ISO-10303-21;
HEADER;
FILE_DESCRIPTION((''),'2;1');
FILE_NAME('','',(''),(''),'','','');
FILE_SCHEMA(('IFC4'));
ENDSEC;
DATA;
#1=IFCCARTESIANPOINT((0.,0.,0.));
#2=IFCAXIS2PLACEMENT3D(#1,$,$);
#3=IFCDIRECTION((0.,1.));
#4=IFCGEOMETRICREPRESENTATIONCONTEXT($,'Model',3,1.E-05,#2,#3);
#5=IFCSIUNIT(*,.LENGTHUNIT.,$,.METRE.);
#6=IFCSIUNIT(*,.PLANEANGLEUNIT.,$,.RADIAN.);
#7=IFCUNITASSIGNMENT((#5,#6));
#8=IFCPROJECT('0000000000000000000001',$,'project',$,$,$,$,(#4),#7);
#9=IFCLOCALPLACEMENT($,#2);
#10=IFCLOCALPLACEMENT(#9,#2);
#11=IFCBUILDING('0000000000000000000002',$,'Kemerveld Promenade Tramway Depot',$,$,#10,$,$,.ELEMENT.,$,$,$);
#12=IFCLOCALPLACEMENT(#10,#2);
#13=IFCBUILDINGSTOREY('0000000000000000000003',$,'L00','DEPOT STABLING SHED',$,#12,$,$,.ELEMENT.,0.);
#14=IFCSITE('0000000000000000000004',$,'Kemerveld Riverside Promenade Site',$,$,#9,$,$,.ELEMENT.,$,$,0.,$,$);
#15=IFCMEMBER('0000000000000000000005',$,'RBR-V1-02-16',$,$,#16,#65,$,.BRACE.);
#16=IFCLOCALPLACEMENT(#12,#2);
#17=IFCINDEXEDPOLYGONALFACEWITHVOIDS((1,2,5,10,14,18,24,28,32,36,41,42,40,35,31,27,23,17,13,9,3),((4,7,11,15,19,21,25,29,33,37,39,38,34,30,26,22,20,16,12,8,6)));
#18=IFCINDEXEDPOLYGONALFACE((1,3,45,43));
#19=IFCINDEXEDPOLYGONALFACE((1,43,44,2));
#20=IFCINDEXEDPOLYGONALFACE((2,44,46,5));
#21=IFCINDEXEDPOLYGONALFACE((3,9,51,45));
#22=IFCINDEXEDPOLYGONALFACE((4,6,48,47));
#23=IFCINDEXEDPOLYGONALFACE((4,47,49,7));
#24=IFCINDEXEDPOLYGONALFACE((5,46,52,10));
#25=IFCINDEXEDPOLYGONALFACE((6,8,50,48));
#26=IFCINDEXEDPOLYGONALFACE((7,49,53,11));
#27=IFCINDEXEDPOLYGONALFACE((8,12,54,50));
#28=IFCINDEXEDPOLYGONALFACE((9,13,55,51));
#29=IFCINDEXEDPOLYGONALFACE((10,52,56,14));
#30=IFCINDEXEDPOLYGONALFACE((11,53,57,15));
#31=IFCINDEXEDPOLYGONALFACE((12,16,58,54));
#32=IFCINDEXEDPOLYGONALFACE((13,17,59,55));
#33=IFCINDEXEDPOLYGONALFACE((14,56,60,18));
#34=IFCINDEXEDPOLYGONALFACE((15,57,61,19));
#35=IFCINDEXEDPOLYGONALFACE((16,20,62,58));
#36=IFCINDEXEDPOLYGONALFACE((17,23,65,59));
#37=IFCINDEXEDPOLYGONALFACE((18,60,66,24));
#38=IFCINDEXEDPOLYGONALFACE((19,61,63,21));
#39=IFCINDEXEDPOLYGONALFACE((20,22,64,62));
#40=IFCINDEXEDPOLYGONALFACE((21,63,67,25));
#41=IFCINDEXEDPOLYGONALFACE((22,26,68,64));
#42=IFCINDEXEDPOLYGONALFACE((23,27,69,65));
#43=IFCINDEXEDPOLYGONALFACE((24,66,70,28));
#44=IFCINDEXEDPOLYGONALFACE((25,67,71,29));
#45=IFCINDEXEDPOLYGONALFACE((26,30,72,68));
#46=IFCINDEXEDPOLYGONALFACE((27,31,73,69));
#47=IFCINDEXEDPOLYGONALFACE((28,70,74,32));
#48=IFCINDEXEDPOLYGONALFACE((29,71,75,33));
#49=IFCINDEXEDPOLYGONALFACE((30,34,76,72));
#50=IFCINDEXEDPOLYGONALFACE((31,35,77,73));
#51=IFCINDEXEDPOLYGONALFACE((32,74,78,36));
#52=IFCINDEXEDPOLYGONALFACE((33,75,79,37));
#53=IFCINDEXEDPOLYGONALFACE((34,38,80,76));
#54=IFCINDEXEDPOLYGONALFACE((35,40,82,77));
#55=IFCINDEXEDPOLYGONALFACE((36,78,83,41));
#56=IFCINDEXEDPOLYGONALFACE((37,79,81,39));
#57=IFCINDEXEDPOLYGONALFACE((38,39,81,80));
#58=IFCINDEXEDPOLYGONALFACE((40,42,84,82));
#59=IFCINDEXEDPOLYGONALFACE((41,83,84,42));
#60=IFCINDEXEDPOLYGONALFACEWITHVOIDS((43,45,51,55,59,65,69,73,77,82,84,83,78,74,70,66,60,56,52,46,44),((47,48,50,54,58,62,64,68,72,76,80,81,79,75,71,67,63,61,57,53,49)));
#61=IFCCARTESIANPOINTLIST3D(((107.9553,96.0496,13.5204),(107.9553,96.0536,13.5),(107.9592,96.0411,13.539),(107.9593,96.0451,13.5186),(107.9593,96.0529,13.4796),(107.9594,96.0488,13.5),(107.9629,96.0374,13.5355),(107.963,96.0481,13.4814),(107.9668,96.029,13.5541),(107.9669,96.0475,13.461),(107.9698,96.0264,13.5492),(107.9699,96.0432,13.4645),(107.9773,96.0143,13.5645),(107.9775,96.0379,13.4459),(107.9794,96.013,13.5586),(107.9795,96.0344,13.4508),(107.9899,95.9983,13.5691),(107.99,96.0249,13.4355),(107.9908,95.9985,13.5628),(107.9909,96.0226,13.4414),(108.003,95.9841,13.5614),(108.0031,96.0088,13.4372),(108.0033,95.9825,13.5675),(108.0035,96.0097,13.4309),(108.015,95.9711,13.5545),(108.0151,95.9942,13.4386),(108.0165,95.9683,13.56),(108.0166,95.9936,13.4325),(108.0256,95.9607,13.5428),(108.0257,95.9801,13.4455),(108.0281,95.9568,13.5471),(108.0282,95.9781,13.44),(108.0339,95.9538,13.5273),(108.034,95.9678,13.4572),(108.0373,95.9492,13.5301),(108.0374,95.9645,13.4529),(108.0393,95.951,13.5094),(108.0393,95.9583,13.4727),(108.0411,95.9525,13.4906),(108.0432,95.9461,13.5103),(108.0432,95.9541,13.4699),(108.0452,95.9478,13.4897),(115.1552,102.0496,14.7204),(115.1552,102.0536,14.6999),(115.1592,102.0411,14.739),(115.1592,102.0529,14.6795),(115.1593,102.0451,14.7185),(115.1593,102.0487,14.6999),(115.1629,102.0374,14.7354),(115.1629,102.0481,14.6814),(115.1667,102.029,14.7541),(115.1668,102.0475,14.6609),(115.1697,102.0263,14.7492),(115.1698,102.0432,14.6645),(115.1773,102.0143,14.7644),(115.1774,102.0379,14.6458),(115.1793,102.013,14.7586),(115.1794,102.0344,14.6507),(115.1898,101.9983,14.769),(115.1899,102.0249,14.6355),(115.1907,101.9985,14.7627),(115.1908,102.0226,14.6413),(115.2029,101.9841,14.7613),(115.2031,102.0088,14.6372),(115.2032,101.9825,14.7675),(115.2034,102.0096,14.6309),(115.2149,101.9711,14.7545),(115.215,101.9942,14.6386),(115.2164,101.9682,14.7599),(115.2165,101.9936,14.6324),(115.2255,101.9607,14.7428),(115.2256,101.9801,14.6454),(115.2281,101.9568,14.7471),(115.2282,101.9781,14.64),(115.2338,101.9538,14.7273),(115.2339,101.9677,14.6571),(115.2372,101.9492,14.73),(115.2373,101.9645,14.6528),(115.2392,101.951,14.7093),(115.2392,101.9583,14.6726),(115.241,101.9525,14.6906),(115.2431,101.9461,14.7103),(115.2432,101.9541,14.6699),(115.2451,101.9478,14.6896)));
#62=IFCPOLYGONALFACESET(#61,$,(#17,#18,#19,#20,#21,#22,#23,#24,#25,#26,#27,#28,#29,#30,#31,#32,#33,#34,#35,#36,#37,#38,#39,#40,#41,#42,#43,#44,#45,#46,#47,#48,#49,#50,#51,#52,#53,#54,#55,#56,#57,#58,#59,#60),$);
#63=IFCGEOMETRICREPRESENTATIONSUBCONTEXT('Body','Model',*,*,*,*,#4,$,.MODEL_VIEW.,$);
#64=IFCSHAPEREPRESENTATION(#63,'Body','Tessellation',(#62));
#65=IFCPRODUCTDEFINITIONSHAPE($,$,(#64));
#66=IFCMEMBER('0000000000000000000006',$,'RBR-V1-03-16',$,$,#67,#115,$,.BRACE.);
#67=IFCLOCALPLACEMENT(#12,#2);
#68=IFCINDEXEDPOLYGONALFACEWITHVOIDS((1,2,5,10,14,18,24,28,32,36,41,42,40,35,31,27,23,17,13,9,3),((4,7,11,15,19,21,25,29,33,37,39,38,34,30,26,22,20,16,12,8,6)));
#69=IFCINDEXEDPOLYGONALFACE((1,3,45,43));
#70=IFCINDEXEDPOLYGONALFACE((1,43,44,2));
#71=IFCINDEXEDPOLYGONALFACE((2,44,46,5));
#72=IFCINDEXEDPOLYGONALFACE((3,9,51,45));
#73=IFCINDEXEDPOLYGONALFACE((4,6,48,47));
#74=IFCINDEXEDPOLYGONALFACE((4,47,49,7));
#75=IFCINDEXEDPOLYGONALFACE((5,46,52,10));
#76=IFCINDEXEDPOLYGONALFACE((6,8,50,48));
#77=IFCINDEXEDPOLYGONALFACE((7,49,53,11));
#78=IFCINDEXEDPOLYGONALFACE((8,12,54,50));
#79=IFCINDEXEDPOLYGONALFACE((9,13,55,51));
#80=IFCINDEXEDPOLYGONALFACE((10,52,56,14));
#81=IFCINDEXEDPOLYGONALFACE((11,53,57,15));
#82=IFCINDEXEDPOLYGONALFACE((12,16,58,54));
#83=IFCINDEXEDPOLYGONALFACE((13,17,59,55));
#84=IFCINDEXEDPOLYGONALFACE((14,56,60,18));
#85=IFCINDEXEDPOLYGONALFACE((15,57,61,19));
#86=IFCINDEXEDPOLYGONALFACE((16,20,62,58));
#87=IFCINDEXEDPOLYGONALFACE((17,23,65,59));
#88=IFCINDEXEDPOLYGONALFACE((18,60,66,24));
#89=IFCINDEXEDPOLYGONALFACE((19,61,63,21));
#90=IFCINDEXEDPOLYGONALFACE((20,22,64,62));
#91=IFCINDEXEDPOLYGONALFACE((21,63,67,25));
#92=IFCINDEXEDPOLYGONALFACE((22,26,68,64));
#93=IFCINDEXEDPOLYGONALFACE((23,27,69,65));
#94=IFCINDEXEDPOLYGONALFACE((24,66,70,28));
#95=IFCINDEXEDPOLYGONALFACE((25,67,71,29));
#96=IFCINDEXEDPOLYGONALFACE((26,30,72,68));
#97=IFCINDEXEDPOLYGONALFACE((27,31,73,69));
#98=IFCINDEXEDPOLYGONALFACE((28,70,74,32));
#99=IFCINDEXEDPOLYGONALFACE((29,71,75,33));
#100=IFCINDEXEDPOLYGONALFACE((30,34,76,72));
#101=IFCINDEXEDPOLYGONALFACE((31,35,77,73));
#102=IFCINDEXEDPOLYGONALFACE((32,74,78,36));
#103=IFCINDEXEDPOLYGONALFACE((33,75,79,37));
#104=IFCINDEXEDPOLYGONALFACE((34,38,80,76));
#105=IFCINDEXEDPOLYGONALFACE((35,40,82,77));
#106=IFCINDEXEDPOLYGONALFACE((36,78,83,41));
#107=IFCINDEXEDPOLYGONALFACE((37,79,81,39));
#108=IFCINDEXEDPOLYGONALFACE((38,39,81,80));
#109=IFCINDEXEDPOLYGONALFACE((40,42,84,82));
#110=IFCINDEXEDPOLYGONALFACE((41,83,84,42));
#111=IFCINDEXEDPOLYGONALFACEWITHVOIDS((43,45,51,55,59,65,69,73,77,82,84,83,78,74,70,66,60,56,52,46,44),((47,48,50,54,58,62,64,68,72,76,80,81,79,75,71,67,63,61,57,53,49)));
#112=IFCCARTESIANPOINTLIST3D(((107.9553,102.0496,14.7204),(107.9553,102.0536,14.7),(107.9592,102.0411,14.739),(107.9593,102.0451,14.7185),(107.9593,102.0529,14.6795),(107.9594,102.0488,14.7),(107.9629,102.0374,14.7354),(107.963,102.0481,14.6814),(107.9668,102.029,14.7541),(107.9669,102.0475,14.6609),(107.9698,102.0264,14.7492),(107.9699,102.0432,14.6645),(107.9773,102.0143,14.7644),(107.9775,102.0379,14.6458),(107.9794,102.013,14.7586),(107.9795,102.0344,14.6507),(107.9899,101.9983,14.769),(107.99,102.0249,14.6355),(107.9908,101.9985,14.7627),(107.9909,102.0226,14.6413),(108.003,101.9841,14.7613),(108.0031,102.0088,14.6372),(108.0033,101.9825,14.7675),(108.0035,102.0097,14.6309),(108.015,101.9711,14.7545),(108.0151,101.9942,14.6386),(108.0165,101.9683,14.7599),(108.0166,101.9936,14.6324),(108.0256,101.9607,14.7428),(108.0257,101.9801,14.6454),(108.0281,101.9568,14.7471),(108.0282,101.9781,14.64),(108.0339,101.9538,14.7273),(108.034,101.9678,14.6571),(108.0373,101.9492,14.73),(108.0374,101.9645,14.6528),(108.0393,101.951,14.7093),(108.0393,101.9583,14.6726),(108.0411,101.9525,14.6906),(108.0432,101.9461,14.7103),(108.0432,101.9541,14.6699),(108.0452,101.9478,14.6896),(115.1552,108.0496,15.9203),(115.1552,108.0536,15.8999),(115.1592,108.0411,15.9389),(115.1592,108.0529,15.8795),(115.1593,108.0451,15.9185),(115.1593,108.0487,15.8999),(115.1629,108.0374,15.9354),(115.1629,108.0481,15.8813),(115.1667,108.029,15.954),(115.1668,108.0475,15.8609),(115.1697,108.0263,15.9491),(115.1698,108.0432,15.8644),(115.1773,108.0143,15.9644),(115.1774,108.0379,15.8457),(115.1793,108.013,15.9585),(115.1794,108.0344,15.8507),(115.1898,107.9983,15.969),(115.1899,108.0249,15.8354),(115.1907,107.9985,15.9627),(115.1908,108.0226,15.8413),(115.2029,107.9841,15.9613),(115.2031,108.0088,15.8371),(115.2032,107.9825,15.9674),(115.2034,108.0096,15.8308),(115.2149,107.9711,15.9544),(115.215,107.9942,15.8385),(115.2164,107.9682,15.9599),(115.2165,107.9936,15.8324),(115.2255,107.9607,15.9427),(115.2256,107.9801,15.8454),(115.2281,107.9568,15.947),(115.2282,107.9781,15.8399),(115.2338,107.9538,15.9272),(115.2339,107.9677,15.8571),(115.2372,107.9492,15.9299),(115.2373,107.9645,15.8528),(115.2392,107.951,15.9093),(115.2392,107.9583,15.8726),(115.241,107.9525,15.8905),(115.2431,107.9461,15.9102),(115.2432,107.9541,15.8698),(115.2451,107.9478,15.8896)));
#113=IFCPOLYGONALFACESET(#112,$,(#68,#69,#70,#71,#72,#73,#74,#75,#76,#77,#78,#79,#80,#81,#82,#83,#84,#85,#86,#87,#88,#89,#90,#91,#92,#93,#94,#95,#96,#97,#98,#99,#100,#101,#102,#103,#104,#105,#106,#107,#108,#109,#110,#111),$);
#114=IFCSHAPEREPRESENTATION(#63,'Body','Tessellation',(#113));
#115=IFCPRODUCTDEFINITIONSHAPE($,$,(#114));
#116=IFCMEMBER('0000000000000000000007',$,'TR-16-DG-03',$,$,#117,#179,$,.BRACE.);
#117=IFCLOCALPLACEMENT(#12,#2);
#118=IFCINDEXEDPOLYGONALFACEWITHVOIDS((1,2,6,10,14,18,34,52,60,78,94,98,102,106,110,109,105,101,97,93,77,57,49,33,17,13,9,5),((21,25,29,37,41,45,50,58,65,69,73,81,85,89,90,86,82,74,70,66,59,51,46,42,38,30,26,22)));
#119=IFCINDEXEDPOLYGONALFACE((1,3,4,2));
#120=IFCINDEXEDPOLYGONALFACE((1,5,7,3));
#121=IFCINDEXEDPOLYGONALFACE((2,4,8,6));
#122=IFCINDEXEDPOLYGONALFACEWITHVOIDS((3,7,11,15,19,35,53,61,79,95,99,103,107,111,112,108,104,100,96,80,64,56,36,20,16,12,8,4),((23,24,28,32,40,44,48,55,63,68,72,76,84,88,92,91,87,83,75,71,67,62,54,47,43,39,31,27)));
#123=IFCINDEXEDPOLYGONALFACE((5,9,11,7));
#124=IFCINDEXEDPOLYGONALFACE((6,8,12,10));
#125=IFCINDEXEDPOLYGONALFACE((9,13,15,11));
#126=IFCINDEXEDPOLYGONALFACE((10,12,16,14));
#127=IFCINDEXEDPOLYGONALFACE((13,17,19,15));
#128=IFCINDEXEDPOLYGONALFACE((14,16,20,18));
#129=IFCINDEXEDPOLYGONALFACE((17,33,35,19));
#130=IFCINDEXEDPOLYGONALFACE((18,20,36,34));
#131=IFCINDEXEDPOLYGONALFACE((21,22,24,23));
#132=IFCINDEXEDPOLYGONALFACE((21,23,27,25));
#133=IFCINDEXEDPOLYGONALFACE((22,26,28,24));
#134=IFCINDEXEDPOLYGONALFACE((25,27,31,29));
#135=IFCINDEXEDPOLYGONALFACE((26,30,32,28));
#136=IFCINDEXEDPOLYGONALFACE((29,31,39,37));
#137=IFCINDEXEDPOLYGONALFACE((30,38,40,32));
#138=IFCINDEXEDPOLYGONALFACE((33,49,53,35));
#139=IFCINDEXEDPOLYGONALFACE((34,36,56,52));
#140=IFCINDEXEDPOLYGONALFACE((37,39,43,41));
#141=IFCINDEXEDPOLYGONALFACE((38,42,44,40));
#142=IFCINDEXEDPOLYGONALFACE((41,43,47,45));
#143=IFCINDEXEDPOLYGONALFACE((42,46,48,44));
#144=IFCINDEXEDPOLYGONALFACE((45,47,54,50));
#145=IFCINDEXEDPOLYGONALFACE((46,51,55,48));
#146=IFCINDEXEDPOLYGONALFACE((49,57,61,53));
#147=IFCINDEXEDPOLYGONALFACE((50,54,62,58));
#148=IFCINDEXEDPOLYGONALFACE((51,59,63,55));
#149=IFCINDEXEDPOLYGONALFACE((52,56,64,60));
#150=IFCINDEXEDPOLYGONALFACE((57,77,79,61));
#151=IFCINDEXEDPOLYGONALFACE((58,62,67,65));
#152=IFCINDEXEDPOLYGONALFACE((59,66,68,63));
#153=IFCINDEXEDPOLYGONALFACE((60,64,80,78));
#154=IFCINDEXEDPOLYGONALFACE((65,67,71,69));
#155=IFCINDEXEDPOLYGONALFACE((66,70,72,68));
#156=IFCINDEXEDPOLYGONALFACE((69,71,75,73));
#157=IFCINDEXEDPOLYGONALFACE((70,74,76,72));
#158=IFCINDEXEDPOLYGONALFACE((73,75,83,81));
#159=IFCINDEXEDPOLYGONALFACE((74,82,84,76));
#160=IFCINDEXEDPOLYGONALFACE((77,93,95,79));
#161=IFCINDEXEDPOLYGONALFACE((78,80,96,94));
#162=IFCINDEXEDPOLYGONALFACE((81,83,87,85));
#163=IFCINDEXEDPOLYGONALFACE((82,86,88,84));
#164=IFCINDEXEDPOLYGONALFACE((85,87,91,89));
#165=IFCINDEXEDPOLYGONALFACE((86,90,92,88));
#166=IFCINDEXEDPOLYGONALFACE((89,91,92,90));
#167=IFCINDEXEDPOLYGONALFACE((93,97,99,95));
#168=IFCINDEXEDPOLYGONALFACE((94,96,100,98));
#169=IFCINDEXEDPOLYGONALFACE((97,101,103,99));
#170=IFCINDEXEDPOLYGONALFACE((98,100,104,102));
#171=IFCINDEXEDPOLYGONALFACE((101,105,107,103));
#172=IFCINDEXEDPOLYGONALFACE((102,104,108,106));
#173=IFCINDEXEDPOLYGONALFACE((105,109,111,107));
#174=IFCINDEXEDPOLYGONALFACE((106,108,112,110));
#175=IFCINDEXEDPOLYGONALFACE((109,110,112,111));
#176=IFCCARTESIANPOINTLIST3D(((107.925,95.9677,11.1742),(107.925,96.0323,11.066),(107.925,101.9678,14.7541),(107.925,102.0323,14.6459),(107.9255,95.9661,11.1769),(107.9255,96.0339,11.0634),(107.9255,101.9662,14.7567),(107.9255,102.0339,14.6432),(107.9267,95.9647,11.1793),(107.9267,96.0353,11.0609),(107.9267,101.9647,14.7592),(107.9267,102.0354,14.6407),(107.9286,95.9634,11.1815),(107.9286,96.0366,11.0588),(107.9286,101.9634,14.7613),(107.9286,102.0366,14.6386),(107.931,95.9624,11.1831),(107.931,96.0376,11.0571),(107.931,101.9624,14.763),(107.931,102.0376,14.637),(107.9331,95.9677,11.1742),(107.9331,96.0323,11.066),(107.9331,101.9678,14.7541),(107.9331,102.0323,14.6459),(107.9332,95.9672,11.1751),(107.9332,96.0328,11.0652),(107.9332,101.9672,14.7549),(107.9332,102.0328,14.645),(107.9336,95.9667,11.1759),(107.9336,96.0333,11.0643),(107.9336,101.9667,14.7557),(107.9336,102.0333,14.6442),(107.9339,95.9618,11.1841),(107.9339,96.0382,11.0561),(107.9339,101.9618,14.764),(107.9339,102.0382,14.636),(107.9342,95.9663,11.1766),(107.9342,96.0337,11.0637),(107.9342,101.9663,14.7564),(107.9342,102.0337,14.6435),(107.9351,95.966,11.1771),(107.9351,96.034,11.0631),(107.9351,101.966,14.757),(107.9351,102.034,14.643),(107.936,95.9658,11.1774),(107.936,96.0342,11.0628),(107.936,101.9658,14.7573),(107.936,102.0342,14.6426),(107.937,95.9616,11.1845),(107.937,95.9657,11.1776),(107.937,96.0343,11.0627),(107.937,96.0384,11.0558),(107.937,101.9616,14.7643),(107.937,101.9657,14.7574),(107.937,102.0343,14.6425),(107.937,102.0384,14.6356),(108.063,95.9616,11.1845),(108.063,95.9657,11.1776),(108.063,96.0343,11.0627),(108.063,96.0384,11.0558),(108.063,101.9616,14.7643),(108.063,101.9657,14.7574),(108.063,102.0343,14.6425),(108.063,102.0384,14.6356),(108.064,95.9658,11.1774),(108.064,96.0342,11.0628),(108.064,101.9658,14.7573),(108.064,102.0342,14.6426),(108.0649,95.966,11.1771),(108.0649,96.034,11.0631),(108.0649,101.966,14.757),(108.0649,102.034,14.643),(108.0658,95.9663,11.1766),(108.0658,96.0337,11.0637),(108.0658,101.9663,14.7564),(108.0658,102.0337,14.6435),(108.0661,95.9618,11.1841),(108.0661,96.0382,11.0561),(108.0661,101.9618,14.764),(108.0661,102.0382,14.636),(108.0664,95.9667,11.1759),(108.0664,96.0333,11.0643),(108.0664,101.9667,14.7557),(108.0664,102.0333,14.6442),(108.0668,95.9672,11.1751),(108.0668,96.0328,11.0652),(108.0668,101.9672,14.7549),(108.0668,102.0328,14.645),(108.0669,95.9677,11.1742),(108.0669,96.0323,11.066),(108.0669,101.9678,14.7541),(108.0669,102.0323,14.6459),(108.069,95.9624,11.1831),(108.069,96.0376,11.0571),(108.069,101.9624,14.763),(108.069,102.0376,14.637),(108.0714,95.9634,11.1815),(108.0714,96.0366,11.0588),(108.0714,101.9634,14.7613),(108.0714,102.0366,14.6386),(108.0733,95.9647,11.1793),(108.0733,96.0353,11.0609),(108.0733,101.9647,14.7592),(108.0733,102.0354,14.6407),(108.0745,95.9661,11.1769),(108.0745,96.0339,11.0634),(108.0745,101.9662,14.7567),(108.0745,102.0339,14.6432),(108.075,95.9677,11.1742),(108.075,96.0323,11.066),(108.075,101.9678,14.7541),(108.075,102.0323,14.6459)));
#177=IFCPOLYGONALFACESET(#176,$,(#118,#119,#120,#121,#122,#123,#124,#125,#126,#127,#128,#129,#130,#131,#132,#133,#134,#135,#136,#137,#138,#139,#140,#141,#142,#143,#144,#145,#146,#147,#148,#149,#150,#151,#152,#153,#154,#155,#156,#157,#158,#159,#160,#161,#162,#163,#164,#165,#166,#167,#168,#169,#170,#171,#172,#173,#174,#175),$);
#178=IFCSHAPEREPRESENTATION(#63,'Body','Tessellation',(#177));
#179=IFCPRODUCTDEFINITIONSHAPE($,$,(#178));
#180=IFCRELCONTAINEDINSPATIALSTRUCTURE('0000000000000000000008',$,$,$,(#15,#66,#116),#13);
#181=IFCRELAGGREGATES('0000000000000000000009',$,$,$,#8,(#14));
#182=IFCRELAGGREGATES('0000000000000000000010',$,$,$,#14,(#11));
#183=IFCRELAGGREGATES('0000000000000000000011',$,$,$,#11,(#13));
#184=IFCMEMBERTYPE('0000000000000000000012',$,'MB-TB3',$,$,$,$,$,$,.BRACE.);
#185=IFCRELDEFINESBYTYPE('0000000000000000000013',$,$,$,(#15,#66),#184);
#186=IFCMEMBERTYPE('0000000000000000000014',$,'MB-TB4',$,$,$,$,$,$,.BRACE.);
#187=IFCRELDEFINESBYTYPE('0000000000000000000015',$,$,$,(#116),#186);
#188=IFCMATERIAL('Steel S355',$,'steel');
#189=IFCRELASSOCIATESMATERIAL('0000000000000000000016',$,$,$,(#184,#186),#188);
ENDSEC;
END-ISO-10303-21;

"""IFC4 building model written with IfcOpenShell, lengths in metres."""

from ifc_helpers import new_model, si_unit, direction, frame, origin, origin_2d, place, context, subcontext, project, spatial, hollow_rectangle, hollow_circle, extrude, material, material_profile, profile_set, type_object, element, save


model = new_model("IFC4")

# Units and contexts
model_context = context("Model", 3, precision=1e-05, world=origin(), true_north=direction((0.0, 1.0)))
body_context = subcontext(model_context, "Body", "Model", "MODEL_VIEW")
ifc_project = project(units=[si_unit("LENGTHUNIT", "METRE"), si_unit("PLANEANGLEUNIT", "RADIAN")], contexts=[model_context])

# Site, building, storey
site_placement = place(None, origin())
site = spatial("IfcSite", under=ifc_project, at=site_placement, Name="Kemerveld Riverside Promenade Site", CompositionType="ELEMENT", RefElevation=0.0)
building_placement = place(site_placement, origin())
building = spatial("IfcBuilding", under=site, at=building_placement, Name="Kemerveld Promenade Tramway Depot", CompositionType="ELEMENT")
storey_placement = place(building_placement, origin())
storey = spatial("IfcBuildingStorey", under=building, at=storey_placement, Name="L00", Description="DEPOT STABLING SHED", CompositionType="ELEMENT", Elevation=0.0)

# Members
ifc_material_1 = material(Name="Steel S355", Category="steel")
ifc_material_profile_1 = material_profile(ifc_material_1, hollow_circle(Radius=0.0698, WallThickness=0.0063, at=origin_2d()), Name="139.7x6.3 CHS")
ifc_profile_set_1 = profile_set([ifc_material_profile_1], Name="Steel S355")
member_type_1 = type_object("IfcMemberType", Name="MB-TB3", PredefinedType="BRACE", material=ifc_profile_set_1)
for number, where, z_axis, x_axis, name in (
    (1, (108.0, 96.0, 13.5), (0.761999, 0.635004, 0.126996), (-0.640187, 0.768219, 0.0), "RBR-V1-02-16"),
    (2, (108.0, 102.0, 14.7), (0.761999, 0.635004, 0.126996), (-0.640187, 0.768219, 0.0), "RBR-V1-03-16"),
):
    element("IfcMember", number, at=place(storey_placement, frame(where, z_axis=z_axis, x_axis=x_axis)), inside=storey, type_object=member_type_1, Name=name, PredefinedType="BRACE", context=body_context, shape_type="SweptSolid", body=[
        extrude(hollow_circle(Radius=0.0698, WallThickness=0.0063, at=origin_2d()), origin(), (0.0, 0.0, 1.0), 9.4487),
    ])
ifc_material_profile_2 = material_profile(ifc_material_1, hollow_rectangle(XDim=0.1499, YDim=0.1499, WallThickness=0.0081, InnerFilletRadius=0.0039, OuterFilletRadius=0.012, at=origin_2d()), Name="150x150x8.0 SHS")
ifc_profile_set_2 = profile_set([ifc_material_profile_2], Name="Steel S355")
member_type_2 = type_object("IfcMemberType", Name="MB-TB4", PredefinedType="BRACE", material=ifc_profile_set_2)
member_1_placement = place(storey_placement, frame((108.0, 96.0, 11.1201), z_axis=(0.0, 0.858764, 0.512372), x_axis=(-1.0, 0.0, 0.0)))
element("IfcMember", 3, at=member_1_placement, inside=storey, type_object=member_type_2, Name="TR-16-DG-03", PredefinedType="BRACE", context=body_context, shape_type="SweptSolid", body=[
    extrude(hollow_rectangle(XDim=0.1499, YDim=0.1499, WallThickness=0.0081, InnerFilletRadius=0.0039, OuterFilletRadius=0.012, at=origin_2d()), origin(), (0.0, 0.0, 1.0), 6.9868),
])

save(model, "model.ifc")
